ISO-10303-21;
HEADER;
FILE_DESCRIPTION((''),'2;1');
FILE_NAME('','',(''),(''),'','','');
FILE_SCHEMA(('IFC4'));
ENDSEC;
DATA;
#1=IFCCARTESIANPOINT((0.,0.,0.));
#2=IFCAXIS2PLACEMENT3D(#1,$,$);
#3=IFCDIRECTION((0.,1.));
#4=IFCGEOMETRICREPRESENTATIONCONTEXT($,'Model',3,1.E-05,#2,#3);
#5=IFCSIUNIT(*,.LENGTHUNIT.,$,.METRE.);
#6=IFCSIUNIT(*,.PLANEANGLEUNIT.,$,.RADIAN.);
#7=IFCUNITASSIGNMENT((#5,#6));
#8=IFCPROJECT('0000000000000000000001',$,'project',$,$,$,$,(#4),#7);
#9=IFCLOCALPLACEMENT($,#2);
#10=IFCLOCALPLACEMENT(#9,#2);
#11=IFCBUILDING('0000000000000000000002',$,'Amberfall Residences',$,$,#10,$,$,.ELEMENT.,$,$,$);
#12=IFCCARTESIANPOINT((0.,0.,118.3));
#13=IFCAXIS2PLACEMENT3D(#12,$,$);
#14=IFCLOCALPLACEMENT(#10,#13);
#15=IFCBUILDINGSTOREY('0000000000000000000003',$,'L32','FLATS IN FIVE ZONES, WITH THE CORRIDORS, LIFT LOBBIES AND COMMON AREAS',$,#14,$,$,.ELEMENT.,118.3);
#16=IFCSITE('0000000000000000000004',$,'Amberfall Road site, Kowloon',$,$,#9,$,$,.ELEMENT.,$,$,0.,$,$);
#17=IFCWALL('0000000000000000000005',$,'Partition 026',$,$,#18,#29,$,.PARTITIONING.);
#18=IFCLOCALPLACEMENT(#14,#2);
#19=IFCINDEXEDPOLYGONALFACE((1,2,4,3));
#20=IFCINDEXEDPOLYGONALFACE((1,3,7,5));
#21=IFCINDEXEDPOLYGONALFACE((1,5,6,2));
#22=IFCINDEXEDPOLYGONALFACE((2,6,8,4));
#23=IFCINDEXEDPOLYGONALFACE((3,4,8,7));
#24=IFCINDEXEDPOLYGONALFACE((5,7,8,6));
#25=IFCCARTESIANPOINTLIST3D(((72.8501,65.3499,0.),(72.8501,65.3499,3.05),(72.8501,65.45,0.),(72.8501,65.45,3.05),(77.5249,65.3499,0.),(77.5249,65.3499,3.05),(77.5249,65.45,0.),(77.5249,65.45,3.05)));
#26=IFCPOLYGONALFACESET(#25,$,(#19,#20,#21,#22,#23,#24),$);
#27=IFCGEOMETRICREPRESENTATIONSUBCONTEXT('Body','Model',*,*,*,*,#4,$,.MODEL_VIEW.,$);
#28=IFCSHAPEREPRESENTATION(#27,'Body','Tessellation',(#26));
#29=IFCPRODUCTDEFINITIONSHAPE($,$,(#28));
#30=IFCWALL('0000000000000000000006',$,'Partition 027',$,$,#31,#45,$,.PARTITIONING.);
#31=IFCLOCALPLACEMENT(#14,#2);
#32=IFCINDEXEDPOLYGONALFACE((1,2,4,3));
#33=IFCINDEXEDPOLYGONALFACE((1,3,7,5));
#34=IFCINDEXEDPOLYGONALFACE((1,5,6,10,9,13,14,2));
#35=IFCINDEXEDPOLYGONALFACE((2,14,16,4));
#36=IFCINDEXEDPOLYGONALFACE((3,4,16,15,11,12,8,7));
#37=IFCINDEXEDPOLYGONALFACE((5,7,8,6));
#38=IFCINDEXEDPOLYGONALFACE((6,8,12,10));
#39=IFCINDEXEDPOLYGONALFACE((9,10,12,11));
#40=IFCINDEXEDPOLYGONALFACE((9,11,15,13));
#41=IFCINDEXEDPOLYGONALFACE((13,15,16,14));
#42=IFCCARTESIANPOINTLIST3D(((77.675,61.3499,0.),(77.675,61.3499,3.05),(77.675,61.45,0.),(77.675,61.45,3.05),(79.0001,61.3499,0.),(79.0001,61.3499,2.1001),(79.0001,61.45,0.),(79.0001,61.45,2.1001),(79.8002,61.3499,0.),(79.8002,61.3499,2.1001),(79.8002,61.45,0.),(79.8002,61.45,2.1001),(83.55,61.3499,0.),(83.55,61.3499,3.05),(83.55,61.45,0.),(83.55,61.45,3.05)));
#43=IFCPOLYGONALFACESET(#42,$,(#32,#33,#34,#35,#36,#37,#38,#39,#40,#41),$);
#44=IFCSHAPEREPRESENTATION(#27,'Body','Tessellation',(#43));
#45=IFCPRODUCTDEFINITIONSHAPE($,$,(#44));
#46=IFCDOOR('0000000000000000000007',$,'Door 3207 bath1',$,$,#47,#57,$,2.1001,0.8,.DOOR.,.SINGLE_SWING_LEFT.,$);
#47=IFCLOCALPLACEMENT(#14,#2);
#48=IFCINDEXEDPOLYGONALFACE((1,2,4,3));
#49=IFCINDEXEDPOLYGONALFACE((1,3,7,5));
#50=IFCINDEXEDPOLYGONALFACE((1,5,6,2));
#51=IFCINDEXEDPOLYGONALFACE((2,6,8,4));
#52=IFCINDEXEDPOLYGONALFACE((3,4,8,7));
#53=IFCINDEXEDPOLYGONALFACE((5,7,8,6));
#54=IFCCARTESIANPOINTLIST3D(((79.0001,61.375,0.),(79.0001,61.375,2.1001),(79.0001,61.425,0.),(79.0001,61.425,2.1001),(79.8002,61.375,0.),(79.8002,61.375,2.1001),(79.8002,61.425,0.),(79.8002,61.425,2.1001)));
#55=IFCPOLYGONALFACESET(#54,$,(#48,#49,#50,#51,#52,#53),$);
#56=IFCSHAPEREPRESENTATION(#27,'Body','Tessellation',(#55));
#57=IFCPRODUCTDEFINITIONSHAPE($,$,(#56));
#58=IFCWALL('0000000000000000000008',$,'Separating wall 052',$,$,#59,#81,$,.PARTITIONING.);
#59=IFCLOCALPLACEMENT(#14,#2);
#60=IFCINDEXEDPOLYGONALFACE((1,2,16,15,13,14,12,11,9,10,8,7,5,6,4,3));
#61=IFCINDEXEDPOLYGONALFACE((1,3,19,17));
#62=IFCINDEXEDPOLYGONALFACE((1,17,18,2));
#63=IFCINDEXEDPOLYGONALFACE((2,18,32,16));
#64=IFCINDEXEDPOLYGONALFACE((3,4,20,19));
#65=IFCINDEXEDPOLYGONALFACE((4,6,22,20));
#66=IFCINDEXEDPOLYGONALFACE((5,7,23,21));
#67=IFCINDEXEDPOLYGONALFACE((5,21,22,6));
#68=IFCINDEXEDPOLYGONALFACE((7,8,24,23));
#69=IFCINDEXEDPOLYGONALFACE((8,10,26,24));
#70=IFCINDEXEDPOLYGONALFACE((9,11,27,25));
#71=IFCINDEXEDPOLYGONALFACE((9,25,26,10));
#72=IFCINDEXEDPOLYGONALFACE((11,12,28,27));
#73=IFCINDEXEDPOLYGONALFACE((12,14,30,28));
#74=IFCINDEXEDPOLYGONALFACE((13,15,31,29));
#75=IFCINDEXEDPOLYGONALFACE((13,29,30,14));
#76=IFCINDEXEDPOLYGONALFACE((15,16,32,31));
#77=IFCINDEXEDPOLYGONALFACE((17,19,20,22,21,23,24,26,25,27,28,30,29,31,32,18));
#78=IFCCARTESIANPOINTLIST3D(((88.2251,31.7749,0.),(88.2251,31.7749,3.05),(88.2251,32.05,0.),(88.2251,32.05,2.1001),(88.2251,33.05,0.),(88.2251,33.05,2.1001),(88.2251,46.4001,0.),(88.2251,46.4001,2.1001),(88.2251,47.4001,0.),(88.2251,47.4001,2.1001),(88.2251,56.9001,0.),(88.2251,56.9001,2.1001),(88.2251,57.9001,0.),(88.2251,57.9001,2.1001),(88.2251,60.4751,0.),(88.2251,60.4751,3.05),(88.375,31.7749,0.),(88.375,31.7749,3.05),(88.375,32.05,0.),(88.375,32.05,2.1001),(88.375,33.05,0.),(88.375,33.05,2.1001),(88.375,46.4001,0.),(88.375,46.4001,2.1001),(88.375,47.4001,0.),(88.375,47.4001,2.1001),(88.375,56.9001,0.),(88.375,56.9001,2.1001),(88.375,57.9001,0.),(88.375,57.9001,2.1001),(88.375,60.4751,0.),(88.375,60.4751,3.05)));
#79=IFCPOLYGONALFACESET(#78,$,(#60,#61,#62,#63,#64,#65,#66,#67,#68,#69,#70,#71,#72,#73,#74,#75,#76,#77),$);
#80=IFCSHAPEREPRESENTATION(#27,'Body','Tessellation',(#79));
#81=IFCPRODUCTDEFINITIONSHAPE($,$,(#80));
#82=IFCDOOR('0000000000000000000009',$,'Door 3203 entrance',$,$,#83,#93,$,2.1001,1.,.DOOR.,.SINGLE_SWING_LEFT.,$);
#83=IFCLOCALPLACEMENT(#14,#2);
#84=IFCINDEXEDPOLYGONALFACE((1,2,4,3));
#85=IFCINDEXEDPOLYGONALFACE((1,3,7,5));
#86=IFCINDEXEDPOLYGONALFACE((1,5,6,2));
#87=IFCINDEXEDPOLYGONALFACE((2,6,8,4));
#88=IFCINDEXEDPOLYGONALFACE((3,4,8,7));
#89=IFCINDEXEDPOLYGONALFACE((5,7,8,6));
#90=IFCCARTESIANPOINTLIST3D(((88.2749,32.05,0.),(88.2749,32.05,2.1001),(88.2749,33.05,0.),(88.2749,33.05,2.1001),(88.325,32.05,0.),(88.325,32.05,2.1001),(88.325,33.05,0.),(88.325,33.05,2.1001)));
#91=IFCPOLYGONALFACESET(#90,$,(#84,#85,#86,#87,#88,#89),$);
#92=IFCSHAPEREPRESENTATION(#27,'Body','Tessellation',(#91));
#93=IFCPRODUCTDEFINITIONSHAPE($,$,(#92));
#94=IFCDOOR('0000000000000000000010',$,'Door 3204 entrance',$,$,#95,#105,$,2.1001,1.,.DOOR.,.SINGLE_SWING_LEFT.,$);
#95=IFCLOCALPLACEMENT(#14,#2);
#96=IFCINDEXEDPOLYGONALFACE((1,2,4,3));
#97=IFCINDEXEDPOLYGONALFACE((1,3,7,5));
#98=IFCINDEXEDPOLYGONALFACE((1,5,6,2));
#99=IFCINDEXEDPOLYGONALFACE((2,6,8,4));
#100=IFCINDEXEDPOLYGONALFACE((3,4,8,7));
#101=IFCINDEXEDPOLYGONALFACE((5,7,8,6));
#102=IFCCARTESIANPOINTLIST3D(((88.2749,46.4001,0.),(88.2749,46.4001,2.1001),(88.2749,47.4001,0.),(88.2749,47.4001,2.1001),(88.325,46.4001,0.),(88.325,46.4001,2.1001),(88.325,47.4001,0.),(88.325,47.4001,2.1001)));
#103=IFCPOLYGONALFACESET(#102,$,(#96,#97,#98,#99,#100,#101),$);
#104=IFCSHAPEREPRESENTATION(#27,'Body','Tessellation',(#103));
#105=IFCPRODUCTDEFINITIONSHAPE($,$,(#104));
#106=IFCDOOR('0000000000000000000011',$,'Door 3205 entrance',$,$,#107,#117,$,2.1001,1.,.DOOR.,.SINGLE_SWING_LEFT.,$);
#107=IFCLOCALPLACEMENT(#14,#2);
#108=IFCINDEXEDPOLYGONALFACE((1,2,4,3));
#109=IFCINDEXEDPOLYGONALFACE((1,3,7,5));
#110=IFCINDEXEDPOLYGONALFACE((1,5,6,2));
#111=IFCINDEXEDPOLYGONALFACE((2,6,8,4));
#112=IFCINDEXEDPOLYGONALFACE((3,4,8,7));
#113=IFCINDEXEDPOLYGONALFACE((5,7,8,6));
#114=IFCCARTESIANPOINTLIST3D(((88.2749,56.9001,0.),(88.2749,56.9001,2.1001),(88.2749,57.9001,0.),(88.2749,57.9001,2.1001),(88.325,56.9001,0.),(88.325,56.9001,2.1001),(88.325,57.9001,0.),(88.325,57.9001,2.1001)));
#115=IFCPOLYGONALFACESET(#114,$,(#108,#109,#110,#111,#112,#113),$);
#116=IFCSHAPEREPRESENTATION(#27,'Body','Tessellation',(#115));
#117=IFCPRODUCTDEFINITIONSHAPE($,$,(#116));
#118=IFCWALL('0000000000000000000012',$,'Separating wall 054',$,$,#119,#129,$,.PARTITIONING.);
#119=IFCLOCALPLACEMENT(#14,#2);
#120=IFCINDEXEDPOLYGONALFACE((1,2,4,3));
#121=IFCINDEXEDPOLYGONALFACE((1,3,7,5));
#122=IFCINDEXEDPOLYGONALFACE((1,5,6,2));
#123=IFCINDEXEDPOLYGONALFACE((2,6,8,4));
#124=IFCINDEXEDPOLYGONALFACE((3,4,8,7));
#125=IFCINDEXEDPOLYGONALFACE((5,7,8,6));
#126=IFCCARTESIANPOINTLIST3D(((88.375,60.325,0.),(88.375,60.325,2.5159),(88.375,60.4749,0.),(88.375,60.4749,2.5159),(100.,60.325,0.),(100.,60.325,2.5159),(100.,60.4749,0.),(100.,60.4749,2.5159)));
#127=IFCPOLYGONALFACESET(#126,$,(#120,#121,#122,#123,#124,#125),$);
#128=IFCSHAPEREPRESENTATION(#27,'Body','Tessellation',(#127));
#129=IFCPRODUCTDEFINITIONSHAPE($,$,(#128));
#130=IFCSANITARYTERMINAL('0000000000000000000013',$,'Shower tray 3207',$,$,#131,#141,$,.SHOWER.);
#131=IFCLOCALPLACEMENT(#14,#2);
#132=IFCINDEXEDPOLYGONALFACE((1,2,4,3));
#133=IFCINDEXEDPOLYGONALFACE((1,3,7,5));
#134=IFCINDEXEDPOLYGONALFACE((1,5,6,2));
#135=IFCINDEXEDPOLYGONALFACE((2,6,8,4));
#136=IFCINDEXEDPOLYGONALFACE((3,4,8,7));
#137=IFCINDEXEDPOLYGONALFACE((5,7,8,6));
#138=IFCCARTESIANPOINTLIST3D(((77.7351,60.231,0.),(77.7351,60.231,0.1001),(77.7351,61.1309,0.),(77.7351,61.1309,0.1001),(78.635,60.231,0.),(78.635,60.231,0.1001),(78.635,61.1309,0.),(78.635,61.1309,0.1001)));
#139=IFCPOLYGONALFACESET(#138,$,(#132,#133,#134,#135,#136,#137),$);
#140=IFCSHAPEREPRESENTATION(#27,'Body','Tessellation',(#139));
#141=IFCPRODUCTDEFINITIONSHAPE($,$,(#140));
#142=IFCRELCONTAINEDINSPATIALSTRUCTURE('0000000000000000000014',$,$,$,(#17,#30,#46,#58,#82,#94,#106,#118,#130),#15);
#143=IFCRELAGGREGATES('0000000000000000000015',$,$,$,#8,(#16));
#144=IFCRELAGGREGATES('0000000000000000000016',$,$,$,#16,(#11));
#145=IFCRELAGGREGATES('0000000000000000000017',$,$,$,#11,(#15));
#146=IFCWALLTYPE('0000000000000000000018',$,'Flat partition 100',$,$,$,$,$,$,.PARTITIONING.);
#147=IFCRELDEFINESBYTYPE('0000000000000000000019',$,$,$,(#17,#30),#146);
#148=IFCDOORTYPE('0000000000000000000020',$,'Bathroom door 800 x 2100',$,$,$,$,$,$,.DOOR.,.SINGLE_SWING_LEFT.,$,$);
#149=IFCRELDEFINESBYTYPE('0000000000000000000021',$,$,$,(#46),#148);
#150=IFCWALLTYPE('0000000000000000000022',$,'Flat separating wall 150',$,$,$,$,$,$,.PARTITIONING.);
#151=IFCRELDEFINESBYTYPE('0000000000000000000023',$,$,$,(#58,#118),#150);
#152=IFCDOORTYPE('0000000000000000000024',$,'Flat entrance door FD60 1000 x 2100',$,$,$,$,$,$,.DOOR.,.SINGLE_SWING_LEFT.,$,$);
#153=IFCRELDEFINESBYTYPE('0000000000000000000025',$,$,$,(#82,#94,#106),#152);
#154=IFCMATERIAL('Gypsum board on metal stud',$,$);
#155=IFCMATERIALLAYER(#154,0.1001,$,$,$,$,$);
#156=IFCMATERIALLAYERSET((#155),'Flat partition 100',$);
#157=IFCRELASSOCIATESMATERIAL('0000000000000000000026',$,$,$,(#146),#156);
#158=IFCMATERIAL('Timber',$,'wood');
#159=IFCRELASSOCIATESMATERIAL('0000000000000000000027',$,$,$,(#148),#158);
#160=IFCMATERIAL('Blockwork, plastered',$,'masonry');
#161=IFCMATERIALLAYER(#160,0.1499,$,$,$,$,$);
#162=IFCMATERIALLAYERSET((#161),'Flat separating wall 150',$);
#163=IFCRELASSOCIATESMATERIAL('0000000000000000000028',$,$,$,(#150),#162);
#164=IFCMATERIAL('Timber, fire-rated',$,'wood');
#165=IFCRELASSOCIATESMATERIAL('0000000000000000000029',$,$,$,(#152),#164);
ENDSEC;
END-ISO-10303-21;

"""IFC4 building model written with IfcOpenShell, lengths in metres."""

from ifc_helpers import new_model, si_unit, direction, frame, frame_2d, origin, origin_2d, place, context, subcontext, project, spatial, rectangle, extrude, material, layer, layer_set, type_object, element, fill, save


model = new_model("IFC4")

# Units and contexts
model_context = context("Model", 3, precision=1e-05, world=origin(), true_north=direction((0.0, 1.0)))
body_context = subcontext(model_context, "Body", "Model", "MODEL_VIEW")
ifc_project = project(units=[si_unit("LENGTHUNIT", "METRE"), si_unit("PLANEANGLEUNIT", "RADIAN")], contexts=[model_context])

# Site, building, storey
site_placement = place(None, origin())
site = spatial("IfcSite", under=ifc_project, at=site_placement, Name="Amberfall Road site, Kowloon", CompositionType="ELEMENT", RefElevation=0.0)
building_placement = place(site_placement, origin())
building = spatial("IfcBuilding", under=site, at=building_placement, Name="Amberfall Residences", CompositionType="ELEMENT")
storey_placement = place(building_placement, frame((0.0, 0.0, 118.3)))
storey = spatial("IfcBuildingStorey", under=building, at=storey_placement, Name="L32", Description="FLATS IN FIVE ZONES, WITH THE CORRIDORS, LIFT LOBBIES AND COMMON AREAS", CompositionType="ELEMENT", Elevation=118.3)

# Wall
ifc_material_1 = material(Name="Gypsum board on metal stud")
ifc_layer_1 = layer(ifc_material_1, 0.1001)
ifc_layer_set_1 = layer_set([ifc_layer_1], Name="Flat partition 100")
wall_type_1 = type_object("IfcWallType", Name="Flat partition 100", PredefinedType="PARTITIONING", material=ifc_layer_set_1)
wall_1_placement = place(storey_placement, frame((72.8501, 65.3999, 0.0), z_axis=(0.0, 0.0, 1.0), x_axis=(1.0, 0.0, 0.0)))
element("IfcWall", 1, at=wall_1_placement, inside=storey, type_object=wall_type_1, Name="Partition 026", PredefinedType="PARTITIONING", context=body_context, shape_type="SweptSolid", body=[
    extrude(rectangle(XDim=4.6748, YDim=0.1001, at=frame_2d((2.3374, 0.0))), origin(), (0.0, 0.0, 1.0), 3.05),
])

# Wall, opening, door
wall_2_placement = place(storey_placement, frame((83.55, 61.3999, 0.0), z_axis=(0.0, 0.0, 1.0), x_axis=(-1.0, 0.0, 0.0)))
wall_2 = element("IfcWall", 2, at=wall_2_placement, inside=storey, type_object=wall_type_1, Name="Partition 027", PredefinedType="PARTITIONING", context=body_context, shape_type="SweptSolid", body=[
    extrude(rectangle(XDim=5.875, YDim=0.1001, at=frame_2d((2.9375, 0.0))), origin(), (0.0, 0.0, 1.0), 3.05),
])
opening_1_placement = place(wall_2_placement, frame((3.75, 0.0, 0.0)))
opening_1 = element("IfcOpeningElement", 3, at=opening_1_placement, cuts=wall_2, PredefinedType="OPENING", context=body_context, shape_type="SweptSolid", body=[
    extrude(rectangle(XDim=0.8, YDim=2.1001, at=frame_2d((0.3999, 1.05))), frame((0.0, 0.0601, 0.0), z_axis=(0.0, -1.0, 0.0), x_axis=(1.0, 0.0, 0.0)), (0.0, 0.0, 1.0), 0.1201),
])
ifc_material_2 = material(Name="Timber", Category="wood")
door_type_1 = type_object("IfcDoorType", Name="Bathroom door 800 x 2100", OperationType="SINGLE_SWING_LEFT", PredefinedType="DOOR", material=ifc_material_2)
door_1_placement = place(opening_1_placement, origin())
door_1 = element("IfcDoor", 4, at=door_1_placement, inside=storey, type_object=door_type_1, Name="Door 3207 bath1", OperationType="SINGLE_SWING_LEFT", OverallHeight=2.1001, OverallWidth=0.8, PredefinedType="DOOR", context=body_context, shape_type="SweptSolid", body=[
    extrude(rectangle(XDim=0.8, YDim=2.1001, at=frame_2d((0.3999, 1.05))), frame((0.0, 0.0249, 0.0), z_axis=(0.0, -1.0, 0.0), x_axis=(1.0, 0.0, 0.0)), (0.0, 0.0, 1.0), 0.05),
])
fill(opening_1, door_1)

# Wall, openings, doors
ifc_material_3 = material(Name="Blockwork, plastered", Category="masonry")
ifc_layer_2 = layer(ifc_material_3, 0.1499)
ifc_layer_set_2 = layer_set([ifc_layer_2], Name="Flat separating wall 150")
wall_type_2 = type_object("IfcWallType", Name="Flat separating wall 150", PredefinedType="PARTITIONING", material=ifc_layer_set_2)
wall_3_placement = place(storey_placement, frame((88.3, 60.4751, 0.0), z_axis=(0.0, 0.0, 1.0), x_axis=(0.0, -1.0, 0.0)))
wall_3 = element("IfcWall", 5, at=wall_3_placement, inside=storey, type_object=wall_type_2, Name="Separating wall 052", PredefinedType="PARTITIONING", context=body_context, shape_type="SweptSolid", body=[
    extrude(rectangle(XDim=28.7002, YDim=0.1499, at=frame_2d((14.3501, 0.0))), origin(), (0.0, 0.0, 1.0), 3.05),
])
opening_2_placement = place(wall_3_placement, frame((27.425, 0.0, 0.0)))
opening_2 = element("IfcOpeningElement", 6, at=opening_2_placement, cuts=wall_3, PredefinedType="OPENING", context=body_context, shape_type="SweptSolid", body=[
    extrude(rectangle(XDim=1.0, YDim=2.1001, at=frame_2d((0.5, 1.05))), frame((0.0, 0.085, 0.0), z_axis=(0.0, -1.0, 0.0), x_axis=(1.0, 0.0, 0.0)), (0.0, 0.0, 1.0), 0.1699),
])
opening_3_placement = place(wall_3_placement, frame((13.075, 0.0, 0.0)))
opening_3 = element("IfcOpeningElement", 7, at=opening_3_placement, cuts=wall_3, PredefinedType="OPENING", context=body_context, shape_type="SweptSolid", body=[
    extrude(rectangle(XDim=1.0, YDim=2.1001, at=frame_2d((0.5, 1.05))), frame((0.0, 0.085, 0.0), z_axis=(0.0, -1.0, 0.0), x_axis=(1.0, 0.0, 0.0)), (0.0, 0.0, 1.0), 0.1699),
])
opening_4_placement = place(wall_3_placement, frame((2.575, 0.0, 0.0)))
opening_4 = element("IfcOpeningElement", 8, at=opening_4_placement, cuts=wall_3, PredefinedType="OPENING", context=body_context, shape_type="SweptSolid", body=[
    extrude(rectangle(XDim=1.0, YDim=2.1001, at=frame_2d((0.5, 1.05))), frame((0.0, 0.085, 0.0), z_axis=(0.0, -1.0, 0.0), x_axis=(1.0, 0.0, 0.0)), (0.0, 0.0, 1.0), 0.1699),
])
ifc_material_4 = material(Name="Timber, fire-rated", Category="wood")
door_type_2 = type_object("IfcDoorType", Name="Flat entrance door FD60 1000 x 2100", OperationType="SINGLE_SWING_LEFT", PredefinedType="DOOR", material=ifc_material_4)
door_2_placement = place(opening_2_placement, origin())
door_2 = element("IfcDoor", 9, at=door_2_placement, inside=storey, type_object=door_type_2, Name="Door 3203 entrance", OperationType="SINGLE_SWING_LEFT", OverallHeight=2.1001, OverallWidth=1.0, PredefinedType="DOOR", context=body_context, shape_type="SweptSolid", body=[
    extrude(rectangle(XDim=1.0, YDim=2.1001, at=frame_2d((0.5, 1.05))), frame((0.0, 0.0249, 0.0), z_axis=(0.0, -1.0, 0.0), x_axis=(1.0, 0.0, 0.0)), (0.0, 0.0, 1.0), 0.05),
])
fill(opening_2, door_2)
door_3_placement = place(opening_3_placement, origin())
door_3 = element("IfcDoor", 10, at=door_3_placement, inside=storey, type_object=door_type_2, Name="Door 3204 entrance", OperationType="SINGLE_SWING_LEFT", OverallHeight=2.1001, OverallWidth=1.0, PredefinedType="DOOR", context=body_context, shape_type="SweptSolid", body=[
    extrude(rectangle(XDim=1.0, YDim=2.1001, at=frame_2d((0.5, 1.05))), frame((0.0, 0.0249, 0.0), z_axis=(0.0, -1.0, 0.0), x_axis=(1.0, 0.0, 0.0)), (0.0, 0.0, 1.0), 0.05),
])
fill(opening_3, door_3)
door_4_placement = place(opening_4_placement, origin())
door_4 = element("IfcDoor", 11, at=door_4_placement, inside=storey, type_object=door_type_2, Name="Door 3205 entrance", OperationType="SINGLE_SWING_LEFT", OverallHeight=2.1001, OverallWidth=1.0, PredefinedType="DOOR", context=body_context, shape_type="SweptSolid", body=[
    extrude(rectangle(XDim=1.0, YDim=2.1001, at=frame_2d((0.5, 1.05))), frame((0.0, 0.0249, 0.0), z_axis=(0.0, -1.0, 0.0), x_axis=(1.0, 0.0, 0.0)), (0.0, 0.0, 1.0), 0.05),
])
fill(opening_4, door_4)

# Wall
wall_4_placement = place(storey_placement, frame((88.375, 60.3999, 0.0), z_axis=(0.0, 0.0, 1.0), x_axis=(1.0, 0.0, 0.0)))
element("IfcWall", 12, at=wall_4_placement, inside=storey, type_object=wall_type_2, Name="Separating wall 054", PredefinedType="PARTITIONING", context=body_context, shape_type="SweptSolid", body=[
    extrude(rectangle(XDim=11.625, YDim=0.1499, at=frame_2d((5.8125, 0.0))), origin(), (0.0, 0.0, 1.0), 2.5159),
])

# Sanitary terminal
sanitary_terminal_placement = place(storey_placement, frame((78.1851, 60.6809, 0.0), z_axis=(0.0, 0.0, 1.0), x_axis=(1.0, 0.0, 0.0)))
element("IfcSanitaryTerminal", 13, at=sanitary_terminal_placement, inside=storey, Name="Shower tray 3207", PredefinedType="SHOWER", context=body_context, shape_type="SweptSolid", body=[
    extrude(rectangle(XDim=0.8999, YDim=0.8999, at=origin_2d()), origin(), (0.0, 0.0, 1.0), 0.1001),
])

save(model, "model.ifc")
